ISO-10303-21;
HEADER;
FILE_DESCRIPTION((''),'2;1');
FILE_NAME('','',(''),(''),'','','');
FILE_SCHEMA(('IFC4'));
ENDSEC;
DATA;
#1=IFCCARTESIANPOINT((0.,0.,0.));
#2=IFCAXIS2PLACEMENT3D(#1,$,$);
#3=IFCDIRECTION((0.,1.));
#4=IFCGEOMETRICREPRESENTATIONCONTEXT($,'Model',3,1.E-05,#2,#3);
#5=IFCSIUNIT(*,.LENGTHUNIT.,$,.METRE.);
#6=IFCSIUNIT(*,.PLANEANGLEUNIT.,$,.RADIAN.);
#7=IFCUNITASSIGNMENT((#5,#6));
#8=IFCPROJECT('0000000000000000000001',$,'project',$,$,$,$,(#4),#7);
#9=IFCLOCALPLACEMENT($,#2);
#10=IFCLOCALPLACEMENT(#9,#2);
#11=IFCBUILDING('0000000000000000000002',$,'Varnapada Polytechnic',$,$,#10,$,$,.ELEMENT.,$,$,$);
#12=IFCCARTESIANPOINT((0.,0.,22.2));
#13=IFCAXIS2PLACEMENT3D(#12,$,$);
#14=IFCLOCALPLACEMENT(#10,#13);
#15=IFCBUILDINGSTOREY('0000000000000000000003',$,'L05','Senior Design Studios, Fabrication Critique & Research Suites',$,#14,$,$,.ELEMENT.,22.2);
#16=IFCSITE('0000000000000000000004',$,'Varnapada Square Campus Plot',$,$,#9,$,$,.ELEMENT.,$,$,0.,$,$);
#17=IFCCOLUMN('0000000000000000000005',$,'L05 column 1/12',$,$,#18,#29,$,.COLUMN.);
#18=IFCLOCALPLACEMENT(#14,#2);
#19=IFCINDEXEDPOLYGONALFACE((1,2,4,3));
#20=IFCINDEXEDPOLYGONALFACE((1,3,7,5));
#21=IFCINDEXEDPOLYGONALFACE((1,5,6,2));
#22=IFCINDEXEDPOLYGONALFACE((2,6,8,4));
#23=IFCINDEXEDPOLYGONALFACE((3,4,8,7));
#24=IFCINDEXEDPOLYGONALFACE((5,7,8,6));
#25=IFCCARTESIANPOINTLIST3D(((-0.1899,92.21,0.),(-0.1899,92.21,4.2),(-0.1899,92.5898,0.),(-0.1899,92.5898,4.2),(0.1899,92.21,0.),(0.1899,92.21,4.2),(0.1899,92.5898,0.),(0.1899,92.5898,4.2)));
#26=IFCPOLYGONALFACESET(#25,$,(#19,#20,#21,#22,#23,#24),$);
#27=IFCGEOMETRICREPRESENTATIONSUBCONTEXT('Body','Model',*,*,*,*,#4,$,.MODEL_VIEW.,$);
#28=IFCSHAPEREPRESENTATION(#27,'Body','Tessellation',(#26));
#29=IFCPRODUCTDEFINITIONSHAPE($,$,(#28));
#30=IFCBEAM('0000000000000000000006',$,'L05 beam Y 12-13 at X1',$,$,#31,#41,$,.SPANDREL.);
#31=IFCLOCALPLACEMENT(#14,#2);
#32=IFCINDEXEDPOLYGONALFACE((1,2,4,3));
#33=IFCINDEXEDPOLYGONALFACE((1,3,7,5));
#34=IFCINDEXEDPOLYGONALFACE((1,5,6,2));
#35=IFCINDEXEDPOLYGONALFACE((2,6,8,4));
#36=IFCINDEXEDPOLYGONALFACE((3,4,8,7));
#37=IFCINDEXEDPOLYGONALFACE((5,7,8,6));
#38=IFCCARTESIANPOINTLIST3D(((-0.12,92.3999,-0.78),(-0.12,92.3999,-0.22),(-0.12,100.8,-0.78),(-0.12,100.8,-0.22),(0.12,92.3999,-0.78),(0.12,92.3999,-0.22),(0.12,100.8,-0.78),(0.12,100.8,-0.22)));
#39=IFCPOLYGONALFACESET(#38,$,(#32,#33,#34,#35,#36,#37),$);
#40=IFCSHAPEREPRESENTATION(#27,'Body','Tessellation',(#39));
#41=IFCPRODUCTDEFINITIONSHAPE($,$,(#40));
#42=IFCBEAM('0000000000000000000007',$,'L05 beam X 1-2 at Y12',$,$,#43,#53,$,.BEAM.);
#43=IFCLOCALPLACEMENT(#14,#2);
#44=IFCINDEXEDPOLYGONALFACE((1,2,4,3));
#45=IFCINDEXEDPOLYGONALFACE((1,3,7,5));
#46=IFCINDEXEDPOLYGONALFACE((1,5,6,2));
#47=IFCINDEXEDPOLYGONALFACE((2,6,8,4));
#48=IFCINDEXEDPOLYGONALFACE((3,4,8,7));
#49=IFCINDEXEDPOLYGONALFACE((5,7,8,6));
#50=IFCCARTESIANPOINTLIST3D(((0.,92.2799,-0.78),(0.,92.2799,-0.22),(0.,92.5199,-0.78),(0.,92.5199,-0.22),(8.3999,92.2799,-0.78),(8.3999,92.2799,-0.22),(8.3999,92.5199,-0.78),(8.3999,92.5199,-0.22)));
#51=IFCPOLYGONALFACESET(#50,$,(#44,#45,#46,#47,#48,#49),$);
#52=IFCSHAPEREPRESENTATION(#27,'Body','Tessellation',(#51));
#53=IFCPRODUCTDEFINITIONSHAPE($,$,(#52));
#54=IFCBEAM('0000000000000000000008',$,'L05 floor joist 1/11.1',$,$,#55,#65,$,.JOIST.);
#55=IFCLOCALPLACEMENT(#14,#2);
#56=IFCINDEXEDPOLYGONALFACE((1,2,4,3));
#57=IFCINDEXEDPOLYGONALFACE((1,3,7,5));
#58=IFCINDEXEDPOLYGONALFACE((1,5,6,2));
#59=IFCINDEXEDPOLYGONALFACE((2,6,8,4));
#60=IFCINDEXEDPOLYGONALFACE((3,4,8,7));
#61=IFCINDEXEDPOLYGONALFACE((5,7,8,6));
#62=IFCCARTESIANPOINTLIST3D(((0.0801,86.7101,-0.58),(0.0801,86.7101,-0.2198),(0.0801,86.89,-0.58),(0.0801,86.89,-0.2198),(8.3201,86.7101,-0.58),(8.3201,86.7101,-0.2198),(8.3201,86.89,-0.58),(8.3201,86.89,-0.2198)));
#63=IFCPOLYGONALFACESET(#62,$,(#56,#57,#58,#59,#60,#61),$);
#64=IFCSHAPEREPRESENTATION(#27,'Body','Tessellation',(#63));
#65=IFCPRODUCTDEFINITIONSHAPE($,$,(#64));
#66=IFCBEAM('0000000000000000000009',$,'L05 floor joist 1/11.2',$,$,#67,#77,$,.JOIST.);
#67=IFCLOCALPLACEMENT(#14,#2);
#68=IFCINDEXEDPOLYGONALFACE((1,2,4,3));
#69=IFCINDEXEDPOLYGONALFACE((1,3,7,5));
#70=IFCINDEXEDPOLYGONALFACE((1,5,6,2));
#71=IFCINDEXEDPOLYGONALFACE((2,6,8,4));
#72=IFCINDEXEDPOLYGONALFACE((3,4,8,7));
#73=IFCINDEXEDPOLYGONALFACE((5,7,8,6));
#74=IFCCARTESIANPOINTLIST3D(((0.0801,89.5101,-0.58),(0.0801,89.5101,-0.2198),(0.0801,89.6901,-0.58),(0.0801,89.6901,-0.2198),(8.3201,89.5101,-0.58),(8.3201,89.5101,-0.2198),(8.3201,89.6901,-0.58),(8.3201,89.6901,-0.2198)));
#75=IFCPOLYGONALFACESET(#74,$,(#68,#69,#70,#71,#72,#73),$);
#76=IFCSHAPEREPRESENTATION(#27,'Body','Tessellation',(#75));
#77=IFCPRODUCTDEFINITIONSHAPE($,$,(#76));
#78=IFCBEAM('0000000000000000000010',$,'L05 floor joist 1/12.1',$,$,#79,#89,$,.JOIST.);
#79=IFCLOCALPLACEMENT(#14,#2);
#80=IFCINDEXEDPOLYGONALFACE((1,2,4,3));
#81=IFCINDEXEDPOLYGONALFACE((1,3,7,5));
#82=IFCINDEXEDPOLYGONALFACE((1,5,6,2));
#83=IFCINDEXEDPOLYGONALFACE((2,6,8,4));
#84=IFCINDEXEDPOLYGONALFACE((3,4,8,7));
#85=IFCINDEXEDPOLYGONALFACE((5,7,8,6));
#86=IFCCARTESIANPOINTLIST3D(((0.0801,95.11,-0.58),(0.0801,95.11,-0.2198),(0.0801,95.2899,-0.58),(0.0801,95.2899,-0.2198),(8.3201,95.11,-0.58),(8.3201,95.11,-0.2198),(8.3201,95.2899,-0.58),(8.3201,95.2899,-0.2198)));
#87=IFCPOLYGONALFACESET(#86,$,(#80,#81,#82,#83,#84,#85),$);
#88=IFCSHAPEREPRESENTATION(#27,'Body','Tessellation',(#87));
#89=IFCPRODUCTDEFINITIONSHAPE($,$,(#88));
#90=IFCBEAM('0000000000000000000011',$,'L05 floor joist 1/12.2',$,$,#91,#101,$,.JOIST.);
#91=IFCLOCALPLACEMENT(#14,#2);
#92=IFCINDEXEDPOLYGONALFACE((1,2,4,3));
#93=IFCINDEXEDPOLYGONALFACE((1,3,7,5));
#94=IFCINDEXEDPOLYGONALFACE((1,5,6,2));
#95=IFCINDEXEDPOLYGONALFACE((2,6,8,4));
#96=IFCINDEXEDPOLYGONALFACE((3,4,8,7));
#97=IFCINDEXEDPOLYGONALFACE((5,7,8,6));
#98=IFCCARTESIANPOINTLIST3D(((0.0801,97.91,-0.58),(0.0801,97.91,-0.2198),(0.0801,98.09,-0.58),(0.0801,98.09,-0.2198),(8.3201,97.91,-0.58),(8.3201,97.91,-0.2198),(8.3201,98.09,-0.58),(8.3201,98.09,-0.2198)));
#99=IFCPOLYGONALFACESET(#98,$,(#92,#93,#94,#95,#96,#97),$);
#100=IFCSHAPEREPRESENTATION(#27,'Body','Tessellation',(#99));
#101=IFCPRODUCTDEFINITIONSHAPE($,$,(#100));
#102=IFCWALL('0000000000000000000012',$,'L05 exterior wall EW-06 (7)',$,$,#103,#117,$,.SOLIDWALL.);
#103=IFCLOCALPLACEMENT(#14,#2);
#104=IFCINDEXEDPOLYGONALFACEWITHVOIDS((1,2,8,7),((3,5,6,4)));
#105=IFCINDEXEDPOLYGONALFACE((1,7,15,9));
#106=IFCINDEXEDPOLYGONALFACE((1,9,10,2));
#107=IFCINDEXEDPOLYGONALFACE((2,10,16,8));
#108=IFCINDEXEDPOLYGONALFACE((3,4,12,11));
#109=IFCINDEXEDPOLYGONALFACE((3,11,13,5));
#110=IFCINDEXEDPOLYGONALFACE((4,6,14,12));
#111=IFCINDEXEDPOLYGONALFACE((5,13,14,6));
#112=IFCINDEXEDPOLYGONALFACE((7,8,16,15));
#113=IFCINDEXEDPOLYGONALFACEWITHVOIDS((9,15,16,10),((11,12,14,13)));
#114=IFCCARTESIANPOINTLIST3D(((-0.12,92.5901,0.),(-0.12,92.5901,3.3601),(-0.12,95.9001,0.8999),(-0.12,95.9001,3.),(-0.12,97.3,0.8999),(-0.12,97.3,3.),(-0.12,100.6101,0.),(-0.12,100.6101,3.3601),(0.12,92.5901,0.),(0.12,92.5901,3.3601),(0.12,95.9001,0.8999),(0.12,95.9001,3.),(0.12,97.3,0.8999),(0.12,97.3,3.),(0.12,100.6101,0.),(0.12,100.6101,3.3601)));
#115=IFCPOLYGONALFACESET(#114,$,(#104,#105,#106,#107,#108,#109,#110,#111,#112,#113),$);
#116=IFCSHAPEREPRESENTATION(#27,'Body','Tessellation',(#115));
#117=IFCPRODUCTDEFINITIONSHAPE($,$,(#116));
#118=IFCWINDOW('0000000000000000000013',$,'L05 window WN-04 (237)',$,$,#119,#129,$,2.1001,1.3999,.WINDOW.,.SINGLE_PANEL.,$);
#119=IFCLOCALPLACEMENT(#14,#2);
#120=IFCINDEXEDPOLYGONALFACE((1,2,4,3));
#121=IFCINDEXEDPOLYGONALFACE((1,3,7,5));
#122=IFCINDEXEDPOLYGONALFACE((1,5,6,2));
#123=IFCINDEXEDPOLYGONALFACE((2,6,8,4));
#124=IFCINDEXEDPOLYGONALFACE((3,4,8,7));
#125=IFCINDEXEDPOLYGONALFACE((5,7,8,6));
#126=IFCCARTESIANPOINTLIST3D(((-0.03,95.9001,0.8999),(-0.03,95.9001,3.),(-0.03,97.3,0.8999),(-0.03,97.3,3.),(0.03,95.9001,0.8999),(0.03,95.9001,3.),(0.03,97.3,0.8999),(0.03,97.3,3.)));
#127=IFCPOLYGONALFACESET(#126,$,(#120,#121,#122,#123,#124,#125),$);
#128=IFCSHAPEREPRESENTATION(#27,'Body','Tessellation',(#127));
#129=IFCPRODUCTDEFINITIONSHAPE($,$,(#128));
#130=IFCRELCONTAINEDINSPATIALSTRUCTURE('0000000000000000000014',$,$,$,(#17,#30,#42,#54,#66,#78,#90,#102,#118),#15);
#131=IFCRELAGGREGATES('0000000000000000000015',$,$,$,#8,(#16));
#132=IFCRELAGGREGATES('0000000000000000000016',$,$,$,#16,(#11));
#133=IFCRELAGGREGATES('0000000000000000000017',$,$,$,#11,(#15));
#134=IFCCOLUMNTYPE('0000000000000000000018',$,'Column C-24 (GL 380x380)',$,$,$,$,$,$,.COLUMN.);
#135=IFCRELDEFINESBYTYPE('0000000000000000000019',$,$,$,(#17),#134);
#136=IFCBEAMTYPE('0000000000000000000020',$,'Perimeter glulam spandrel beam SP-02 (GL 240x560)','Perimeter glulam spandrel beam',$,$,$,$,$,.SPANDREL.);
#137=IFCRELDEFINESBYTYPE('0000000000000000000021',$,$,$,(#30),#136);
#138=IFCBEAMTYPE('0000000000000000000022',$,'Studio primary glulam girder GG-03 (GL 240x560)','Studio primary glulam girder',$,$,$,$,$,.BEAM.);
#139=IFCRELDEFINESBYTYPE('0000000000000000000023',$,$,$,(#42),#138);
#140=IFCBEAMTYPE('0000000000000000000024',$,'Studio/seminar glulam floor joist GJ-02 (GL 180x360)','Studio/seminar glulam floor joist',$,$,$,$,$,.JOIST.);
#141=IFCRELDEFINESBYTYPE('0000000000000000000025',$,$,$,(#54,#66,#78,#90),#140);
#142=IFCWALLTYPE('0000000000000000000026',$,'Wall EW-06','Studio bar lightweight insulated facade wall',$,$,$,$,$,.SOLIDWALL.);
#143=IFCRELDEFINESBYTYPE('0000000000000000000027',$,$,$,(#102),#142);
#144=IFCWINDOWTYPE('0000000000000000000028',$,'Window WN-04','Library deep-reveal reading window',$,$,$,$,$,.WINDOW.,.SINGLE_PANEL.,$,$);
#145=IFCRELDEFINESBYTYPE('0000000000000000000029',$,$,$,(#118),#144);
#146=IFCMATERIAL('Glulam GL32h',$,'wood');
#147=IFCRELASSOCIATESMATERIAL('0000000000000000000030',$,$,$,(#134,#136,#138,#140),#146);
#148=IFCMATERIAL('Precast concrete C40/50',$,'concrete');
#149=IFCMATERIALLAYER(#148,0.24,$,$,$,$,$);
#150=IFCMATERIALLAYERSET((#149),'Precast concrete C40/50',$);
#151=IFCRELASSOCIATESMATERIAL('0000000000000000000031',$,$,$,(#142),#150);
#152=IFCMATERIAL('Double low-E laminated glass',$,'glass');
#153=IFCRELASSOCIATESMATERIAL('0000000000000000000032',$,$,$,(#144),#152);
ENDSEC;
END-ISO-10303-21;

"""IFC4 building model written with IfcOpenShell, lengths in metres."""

from ifc_helpers import new_model, si_unit, direction, frame, frame_2d, origin, origin_2d, place, context, subcontext, project, spatial, rectangle, extrude, material, layer, layer_set, material_profile, profile_set, type_object, element, fill, save


model = new_model("IFC4")

# Units and contexts
model_context = context("Model", 3, precision=1e-05, world=origin(), true_north=direction((0.0, 1.0)))
body_context = subcontext(model_context, "Body", "Model", "MODEL_VIEW")
ifc_project = project(units=[si_unit("LENGTHUNIT", "METRE"), si_unit("PLANEANGLEUNIT", "RADIAN")], contexts=[model_context])

# Site, building, storey
site_placement = place(None, origin())
site = spatial("IfcSite", under=ifc_project, at=site_placement, Name="Varnapada Square Campus Plot", CompositionType="ELEMENT", RefElevation=0.0)
building_placement = place(site_placement, origin())
building = spatial("IfcBuilding", under=site, at=building_placement, Name="Varnapada Polytechnic", CompositionType="ELEMENT")
storey_placement = place(building_placement, frame((0.0, 0.0, 22.2)))
storey = spatial("IfcBuildingStorey", under=building, at=storey_placement, Name="L05", Description="Senior Design Studios, Fabrication Critique & Research Suites", CompositionType="ELEMENT", Elevation=22.2)

# Column
ifc_material_1 = material(Name="Glulam GL32h", Category="wood")
ifc_material_profile_1 = material_profile(ifc_material_1, rectangle(XDim=0.3799, YDim=0.3799, at=origin_2d()), Name="GL 380x380")
ifc_profile_set_1 = profile_set([ifc_material_profile_1], Name="Glulam GL32h")
column_type = type_object("IfcColumnType", Name="Column C-24 (GL 380x380)", PredefinedType="COLUMN", material=ifc_profile_set_1)
column_placement = place(storey_placement, frame((0.0, 92.3999, 0.0), z_axis=(0.0, 0.0, 1.0), x_axis=(1.0, 0.0, 0.0)))
element("IfcColumn", 1, at=column_placement, inside=storey, type_object=column_type, Name="L05 column 1/12", PredefinedType="COLUMN", context=body_context, shape_type="SweptSolid", body=[
    extrude(rectangle(XDim=0.3799, YDim=0.3799, at=origin_2d()), origin(), (0.0, 0.0, 1.0), 4.2),
])

# Beams
ifc_material_profile_2 = material_profile(ifc_material_1, rectangle(XDim=0.24, YDim=0.5601, at=origin_2d()), Name="GL 240x560")
ifc_profile_set_2 = profile_set([ifc_material_profile_2], Name="Glulam GL32h")
beam_type_1 = type_object("IfcBeamType", Name="Perimeter glulam spandrel beam SP-02 (GL 240x560)", Description="Perimeter glulam spandrel beam", PredefinedType="SPANDREL", material=ifc_profile_set_2)
beam_1_placement = place(storey_placement, frame((0.0, 92.3999, -0.5), z_axis=(0.0, 1.0, 0.0), x_axis=(-1.0, 0.0, 0.0)))
element("IfcBeam", 2, at=beam_1_placement, inside=storey, type_object=beam_type_1, Name="L05 beam Y 12-13 at X1", PredefinedType="SPANDREL", context=body_context, shape_type="SweptSolid", body=[
    extrude(rectangle(XDim=0.24, YDim=0.5601, at=origin_2d()), origin(), (0.0, 0.0, 1.0), 8.4001),
])
ifc_material_profile_3 = material_profile(ifc_material_1, rectangle(XDim=0.24, YDim=0.5601, at=origin_2d()), Name="GL 240x560")
ifc_profile_set_3 = profile_set([ifc_material_profile_3], Name="Glulam GL32h")
beam_type_2 = type_object("IfcBeamType", Name="Studio primary glulam girder GG-03 (GL 240x560)", Description="Studio primary glulam girder", PredefinedType="BEAM", material=ifc_profile_set_3)
beam_2_placement = place(storey_placement, frame((0.0, 92.3999, -0.5), z_axis=(1.0, 0.0, 0.0), x_axis=(0.0, 1.0, 0.0)))
element("IfcBeam", 3, at=beam_2_placement, inside=storey, type_object=beam_type_2, Name="L05 beam X 1-2 at Y12", PredefinedType="BEAM", context=body_context, shape_type="SweptSolid", body=[
    extrude(rectangle(XDim=0.24, YDim=0.5601, at=origin_2d()), origin(), (0.0, 0.0, 1.0), 8.3999),
])
ifc_material_profile_4 = material_profile(ifc_material_1, rectangle(XDim=0.1799, YDim=0.3601, at=origin_2d()), Name="GL 180x360")
ifc_profile_set_4 = profile_set([ifc_material_profile_4], Name="Glulam GL32h")
beam_type_3 = type_object("IfcBeamType", Name="Studio/seminar glulam floor joist GJ-02 (GL 180x360)", Description="Studio/seminar glulam floor joist", PredefinedType="JOIST", material=ifc_profile_set_4)
for number, where, z_axis, x_axis, name in (
    (4, (0.0801, 86.8, -0.3999), (1.0, 0.0, 0.0), (0.0, 1.0, 0.0), "L05 floor joist 1/11.1"),
    (5, (0.0801, 89.6001, -0.3999), (1.0, 0.0, 0.0), (0.0, 1.0, 0.0), "L05 floor joist 1/11.2"),
    (6, (0.0801, 95.2, -0.3999), (1.0, 0.0, 0.0), (0.0, 1.0, 0.0), "L05 floor joist 1/12.1"),
    (7, (0.0801, 98.0, -0.3999), (1.0, 0.0, 0.0), (0.0, 1.0, 0.0), "L05 floor joist 1/12.2"),
):
    element("IfcBeam", number, at=place(storey_placement, frame(where, z_axis=z_axis, x_axis=x_axis)), inside=storey, type_object=beam_type_3, Name=name, PredefinedType="JOIST", context=body_context, shape_type="SweptSolid", body=[
        extrude(rectangle(XDim=0.1799, YDim=0.3601, at=origin_2d()), origin(), (0.0, 0.0, 1.0), 8.24),
    ])

# Wall, opening, window
ifc_material_2 = material(Name="Precast concrete C40/50", Category="concrete")
ifc_layer_1 = layer(ifc_material_2, 0.24)
ifc_layer_set_1 = layer_set([ifc_layer_1], Name="Precast concrete C40/50")
wall_type = type_object("IfcWallType", Name="Wall EW-06", Description="Studio bar lightweight insulated facade wall", PredefinedType="SOLIDWALL", material=ifc_layer_set_1)
wall_placement = place(storey_placement, frame((0.0, 92.5901, 0.0), z_axis=(0.0, 0.0, 1.0), x_axis=(0.0, 1.0, 0.0)))
wall = element("IfcWall", 8, at=wall_placement, inside=storey, type_object=wall_type, Name="L05 exterior wall EW-06 (7)", PredefinedType="SOLIDWALL", context=body_context, shape_type="SweptSolid", body=[
    extrude(rectangle(XDim=8.02, YDim=0.24, at=frame_2d((4.01, 0.0))), origin(), (0.0, 0.0, 1.0), 3.3601),
])
opening_1_placement = place(wall_placement, frame((3.3101, 0.0, 0.8999)))
opening_1 = element("IfcOpeningElement", 9, at=opening_1_placement, cuts=wall, PredefinedType="OPENING", context=body_context, shape_type="SweptSolid", body=[
    extrude(rectangle(XDim=1.3999, YDim=2.1001, at=frame_2d((0.7, 1.05))), frame((0.0, 0.1299, 0.0), z_axis=(0.0, -1.0, 0.0), x_axis=(1.0, 0.0, 0.0)), (0.0, 0.0, 1.0), 0.26),
])
ifc_material_3 = material(Name="Double low-E laminated glass", Category="glass")
window_type = type_object("IfcWindowType", Name="Window WN-04", Description="Library deep-reveal reading window", PartitioningType="SINGLE_PANEL", PredefinedType="WINDOW", material=ifc_material_3)
window_placement = place(opening_1_placement, origin())
window = element("IfcWindow", 10, at=window_placement, inside=storey, type_object=window_type, Name="L05 window WN-04 (237)", OverallHeight=2.1001, OverallWidth=1.3999, PartitioningType="SINGLE_PANEL", PredefinedType="WINDOW", context=body_context, shape_type="SweptSolid", body=[
    extrude(rectangle(XDim=1.3999, YDim=2.1001, at=frame_2d((0.7, 1.05))), frame((0.0, 0.03, 0.0), z_axis=(0.0, -1.0, 0.0), x_axis=(1.0, 0.0, 0.0)), (0.0, 0.0, 1.0), 0.0601),
])
fill(opening_1, window)

save(model, "model.ifc")
